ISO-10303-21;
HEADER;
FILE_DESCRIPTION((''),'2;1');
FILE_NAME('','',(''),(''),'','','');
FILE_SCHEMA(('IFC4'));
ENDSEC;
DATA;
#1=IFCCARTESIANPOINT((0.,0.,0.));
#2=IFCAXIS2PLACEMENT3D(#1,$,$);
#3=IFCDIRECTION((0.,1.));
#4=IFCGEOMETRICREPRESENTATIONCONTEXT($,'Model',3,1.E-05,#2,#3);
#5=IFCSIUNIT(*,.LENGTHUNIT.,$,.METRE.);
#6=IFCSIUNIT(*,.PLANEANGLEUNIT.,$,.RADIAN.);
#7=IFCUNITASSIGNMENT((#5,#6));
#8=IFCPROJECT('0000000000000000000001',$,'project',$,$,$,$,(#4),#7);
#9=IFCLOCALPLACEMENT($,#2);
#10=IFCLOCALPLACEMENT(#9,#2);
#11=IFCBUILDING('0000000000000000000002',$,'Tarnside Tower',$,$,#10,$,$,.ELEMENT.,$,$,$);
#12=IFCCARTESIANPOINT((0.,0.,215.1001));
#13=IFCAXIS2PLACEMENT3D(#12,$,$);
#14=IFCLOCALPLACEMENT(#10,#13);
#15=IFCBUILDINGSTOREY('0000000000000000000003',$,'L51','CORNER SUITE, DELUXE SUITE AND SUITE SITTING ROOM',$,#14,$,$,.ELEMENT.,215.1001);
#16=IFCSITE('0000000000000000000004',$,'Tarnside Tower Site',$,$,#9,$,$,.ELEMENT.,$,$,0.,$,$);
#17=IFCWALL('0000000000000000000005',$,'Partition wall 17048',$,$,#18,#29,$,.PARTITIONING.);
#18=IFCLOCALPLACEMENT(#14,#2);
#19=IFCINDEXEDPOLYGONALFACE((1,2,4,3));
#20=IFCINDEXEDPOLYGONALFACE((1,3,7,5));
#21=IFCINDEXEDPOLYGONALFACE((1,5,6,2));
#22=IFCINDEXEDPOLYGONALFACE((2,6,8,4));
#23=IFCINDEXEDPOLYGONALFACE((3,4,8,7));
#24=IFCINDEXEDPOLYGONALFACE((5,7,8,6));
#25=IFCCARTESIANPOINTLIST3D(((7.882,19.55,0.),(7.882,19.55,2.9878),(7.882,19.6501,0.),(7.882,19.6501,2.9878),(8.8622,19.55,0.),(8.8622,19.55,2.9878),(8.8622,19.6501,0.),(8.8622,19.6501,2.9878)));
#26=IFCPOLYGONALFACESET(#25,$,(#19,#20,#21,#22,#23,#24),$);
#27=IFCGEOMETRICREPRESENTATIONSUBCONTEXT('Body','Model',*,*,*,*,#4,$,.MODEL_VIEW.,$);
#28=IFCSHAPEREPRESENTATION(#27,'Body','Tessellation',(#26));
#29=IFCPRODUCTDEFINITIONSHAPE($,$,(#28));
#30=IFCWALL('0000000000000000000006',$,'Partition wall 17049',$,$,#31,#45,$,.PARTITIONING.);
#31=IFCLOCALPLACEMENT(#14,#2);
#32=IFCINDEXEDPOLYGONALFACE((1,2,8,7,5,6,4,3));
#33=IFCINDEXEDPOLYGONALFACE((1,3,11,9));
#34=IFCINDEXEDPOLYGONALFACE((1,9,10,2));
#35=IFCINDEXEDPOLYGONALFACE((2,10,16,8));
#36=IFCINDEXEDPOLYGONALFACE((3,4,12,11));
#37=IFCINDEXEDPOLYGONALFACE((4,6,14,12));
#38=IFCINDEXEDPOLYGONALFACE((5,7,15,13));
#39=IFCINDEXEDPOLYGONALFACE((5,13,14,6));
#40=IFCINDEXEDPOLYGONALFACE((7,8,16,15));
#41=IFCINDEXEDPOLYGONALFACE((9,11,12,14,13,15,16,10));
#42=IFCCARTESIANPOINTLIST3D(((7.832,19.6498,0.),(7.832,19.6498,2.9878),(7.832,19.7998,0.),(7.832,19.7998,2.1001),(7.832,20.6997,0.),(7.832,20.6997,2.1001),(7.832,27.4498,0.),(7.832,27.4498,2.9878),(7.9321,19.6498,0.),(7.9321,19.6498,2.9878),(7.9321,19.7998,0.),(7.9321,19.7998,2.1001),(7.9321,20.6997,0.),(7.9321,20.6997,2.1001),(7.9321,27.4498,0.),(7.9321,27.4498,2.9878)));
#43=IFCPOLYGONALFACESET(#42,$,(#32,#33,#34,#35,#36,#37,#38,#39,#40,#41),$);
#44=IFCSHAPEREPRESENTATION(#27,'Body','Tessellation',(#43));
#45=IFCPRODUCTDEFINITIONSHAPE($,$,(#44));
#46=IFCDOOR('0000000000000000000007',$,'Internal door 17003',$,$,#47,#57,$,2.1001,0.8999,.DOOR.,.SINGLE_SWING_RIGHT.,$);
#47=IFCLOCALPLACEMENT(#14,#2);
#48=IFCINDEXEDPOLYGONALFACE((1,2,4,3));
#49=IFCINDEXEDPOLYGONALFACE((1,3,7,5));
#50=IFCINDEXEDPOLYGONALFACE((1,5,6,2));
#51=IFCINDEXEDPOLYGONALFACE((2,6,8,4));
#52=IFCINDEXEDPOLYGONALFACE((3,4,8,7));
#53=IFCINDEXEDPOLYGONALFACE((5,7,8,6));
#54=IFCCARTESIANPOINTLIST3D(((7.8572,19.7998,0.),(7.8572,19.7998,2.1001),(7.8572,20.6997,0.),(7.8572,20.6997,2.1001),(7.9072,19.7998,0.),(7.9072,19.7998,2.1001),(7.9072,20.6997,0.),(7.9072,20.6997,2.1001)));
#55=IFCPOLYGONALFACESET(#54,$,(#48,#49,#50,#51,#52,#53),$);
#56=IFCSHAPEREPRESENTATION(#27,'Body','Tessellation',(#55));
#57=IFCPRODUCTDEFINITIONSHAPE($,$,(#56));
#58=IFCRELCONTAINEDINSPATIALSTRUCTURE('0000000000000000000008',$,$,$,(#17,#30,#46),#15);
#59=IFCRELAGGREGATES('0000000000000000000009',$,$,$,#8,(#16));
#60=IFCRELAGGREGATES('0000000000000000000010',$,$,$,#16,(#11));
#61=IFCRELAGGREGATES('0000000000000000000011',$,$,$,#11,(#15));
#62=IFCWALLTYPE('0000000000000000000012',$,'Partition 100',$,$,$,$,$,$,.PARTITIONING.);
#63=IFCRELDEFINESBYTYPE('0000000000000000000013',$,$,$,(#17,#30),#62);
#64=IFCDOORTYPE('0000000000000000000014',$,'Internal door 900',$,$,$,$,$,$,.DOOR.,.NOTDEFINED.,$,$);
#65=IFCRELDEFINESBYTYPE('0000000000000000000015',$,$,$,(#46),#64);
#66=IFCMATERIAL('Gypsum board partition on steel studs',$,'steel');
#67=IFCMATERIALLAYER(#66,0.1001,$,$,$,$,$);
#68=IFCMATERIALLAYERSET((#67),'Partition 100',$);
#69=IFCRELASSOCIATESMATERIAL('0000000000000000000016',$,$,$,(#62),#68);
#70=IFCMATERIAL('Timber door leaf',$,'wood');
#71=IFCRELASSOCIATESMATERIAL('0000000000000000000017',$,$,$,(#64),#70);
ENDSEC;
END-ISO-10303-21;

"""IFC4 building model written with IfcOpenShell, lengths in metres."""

from ifc_helpers import new_model, si_unit, direction, frame, frame_2d, origin, place, context, subcontext, project, spatial, rectangle, extrude, material, layer, layer_set, type_object, element, fill, save


model = new_model("IFC4")

# Units and contexts
model_context = context("Model", 3, precision=1e-05, world=origin(), true_north=direction((0.0, 1.0)))
body_context = subcontext(model_context, "Body", "Model", "MODEL_VIEW")
ifc_project = project(units=[si_unit("LENGTHUNIT", "METRE"), si_unit("PLANEANGLEUNIT", "RADIAN")], contexts=[model_context])

# Site, building, storey
site_placement = place(None, origin())
site = spatial("IfcSite", under=ifc_project, at=site_placement, Name="Tarnside Tower Site", CompositionType="ELEMENT", RefElevation=0.0)
building_placement = place(site_placement, origin())
building = spatial("IfcBuilding", under=site, at=building_placement, Name="Tarnside Tower", CompositionType="ELEMENT")
storey_placement = place(building_placement, frame((0.0, 0.0, 215.1001)))
storey = spatial("IfcBuildingStorey", under=building, at=storey_placement, Name="L51", Description="CORNER SUITE, DELUXE SUITE AND SUITE SITTING ROOM", CompositionType="ELEMENT", Elevation=215.1001)

# Shared definitions
ifc_material_1 = material(Name="Gypsum board partition on steel studs", Category="steel")

# Shared definitions
ifc_material_2 = material(Name="Timber door leaf", Category="wood")

# Wall
ifc_layer_1 = layer(ifc_material_1, 0.1001)
ifc_layer_set_1 = layer_set([ifc_layer_1], Name="Partition 100")
wall_type_1 = type_object("IfcWallType", Name="Partition 100", PredefinedType="PARTITIONING", material=ifc_layer_set_1)
wall_1_placement = place(storey_placement, frame((8.8623, 19.6001, 0.0), z_axis=(0.0, 0.0, 1.0), x_axis=(-1.0, 0.0, 0.0)))
element("IfcWall", 1, at=wall_1_placement, inside=storey, type_object=wall_type_1, Name="Partition wall 17048", PredefinedType="PARTITIONING", context=body_context, shape_type="SweptSolid", body=[
    extrude(rectangle(XDim=0.9802, YDim=0.1001, at=frame_2d((0.4902, 0.0))), origin(), (0.0, 0.0, 1.0), 2.9878),
])

# Wall, opening, door
wall_2_placement = place(storey_placement, frame((7.8821, 19.6499, 0.0), z_axis=(0.0, 0.0, 1.0), x_axis=(0.0, 1.0, 0.0)))
wall_2 = element("IfcWall", 2, at=wall_2_placement, inside=storey, type_object=wall_type_1, Name="Partition wall 17049", PredefinedType="PARTITIONING", context=body_context, shape_type="SweptSolid", body=[
    extrude(rectangle(XDim=7.8, YDim=0.1001, at=frame_2d((3.8999, 0.0))), origin(), (0.0, 0.0, 1.0), 2.9878),
])
opening_1_placement = place(wall_2_placement, frame((0.1499, 0.0, 0.0)))
opening_1 = element("IfcOpeningElement", 3, at=opening_1_placement, cuts=wall_2, PredefinedType="OPENING", context=body_context, shape_type="SweptSolid", body=[
    extrude(rectangle(XDim=0.8999, YDim=2.1001, at=frame_2d((0.45, 1.05))), frame((0.0, 0.0601, 0.0), z_axis=(0.0, -1.0, 0.0), x_axis=(1.0, 0.0, 0.0)), (0.0, 0.0, 1.0), 0.1201),
])
door_type_1 = type_object("IfcDoorType", Name="Internal door 900", OperationType="NOTDEFINED", PredefinedType="DOOR", material=ifc_material_2)
door_1_placement = place(opening_1_placement, origin())
door_1 = element("IfcDoor", 4, at=door_1_placement, inside=storey, type_object=door_type_1, Name="Internal door 17003", OperationType="SINGLE_SWING_RIGHT", OverallHeight=2.1001, OverallWidth=0.8999, PredefinedType="DOOR", context=body_context, shape_type="SweptSolid", body=[
    extrude(rectangle(XDim=0.8999, YDim=2.1001, at=frame_2d((0.45, 1.05))), frame((0.0, 0.0249, 0.0), z_axis=(0.0, -1.0, 0.0), x_axis=(1.0, 0.0, 0.0)), (0.0, 0.0, 1.0), 0.05),
])
fill(opening_1, door_1)

save(model, "model.ifc")
